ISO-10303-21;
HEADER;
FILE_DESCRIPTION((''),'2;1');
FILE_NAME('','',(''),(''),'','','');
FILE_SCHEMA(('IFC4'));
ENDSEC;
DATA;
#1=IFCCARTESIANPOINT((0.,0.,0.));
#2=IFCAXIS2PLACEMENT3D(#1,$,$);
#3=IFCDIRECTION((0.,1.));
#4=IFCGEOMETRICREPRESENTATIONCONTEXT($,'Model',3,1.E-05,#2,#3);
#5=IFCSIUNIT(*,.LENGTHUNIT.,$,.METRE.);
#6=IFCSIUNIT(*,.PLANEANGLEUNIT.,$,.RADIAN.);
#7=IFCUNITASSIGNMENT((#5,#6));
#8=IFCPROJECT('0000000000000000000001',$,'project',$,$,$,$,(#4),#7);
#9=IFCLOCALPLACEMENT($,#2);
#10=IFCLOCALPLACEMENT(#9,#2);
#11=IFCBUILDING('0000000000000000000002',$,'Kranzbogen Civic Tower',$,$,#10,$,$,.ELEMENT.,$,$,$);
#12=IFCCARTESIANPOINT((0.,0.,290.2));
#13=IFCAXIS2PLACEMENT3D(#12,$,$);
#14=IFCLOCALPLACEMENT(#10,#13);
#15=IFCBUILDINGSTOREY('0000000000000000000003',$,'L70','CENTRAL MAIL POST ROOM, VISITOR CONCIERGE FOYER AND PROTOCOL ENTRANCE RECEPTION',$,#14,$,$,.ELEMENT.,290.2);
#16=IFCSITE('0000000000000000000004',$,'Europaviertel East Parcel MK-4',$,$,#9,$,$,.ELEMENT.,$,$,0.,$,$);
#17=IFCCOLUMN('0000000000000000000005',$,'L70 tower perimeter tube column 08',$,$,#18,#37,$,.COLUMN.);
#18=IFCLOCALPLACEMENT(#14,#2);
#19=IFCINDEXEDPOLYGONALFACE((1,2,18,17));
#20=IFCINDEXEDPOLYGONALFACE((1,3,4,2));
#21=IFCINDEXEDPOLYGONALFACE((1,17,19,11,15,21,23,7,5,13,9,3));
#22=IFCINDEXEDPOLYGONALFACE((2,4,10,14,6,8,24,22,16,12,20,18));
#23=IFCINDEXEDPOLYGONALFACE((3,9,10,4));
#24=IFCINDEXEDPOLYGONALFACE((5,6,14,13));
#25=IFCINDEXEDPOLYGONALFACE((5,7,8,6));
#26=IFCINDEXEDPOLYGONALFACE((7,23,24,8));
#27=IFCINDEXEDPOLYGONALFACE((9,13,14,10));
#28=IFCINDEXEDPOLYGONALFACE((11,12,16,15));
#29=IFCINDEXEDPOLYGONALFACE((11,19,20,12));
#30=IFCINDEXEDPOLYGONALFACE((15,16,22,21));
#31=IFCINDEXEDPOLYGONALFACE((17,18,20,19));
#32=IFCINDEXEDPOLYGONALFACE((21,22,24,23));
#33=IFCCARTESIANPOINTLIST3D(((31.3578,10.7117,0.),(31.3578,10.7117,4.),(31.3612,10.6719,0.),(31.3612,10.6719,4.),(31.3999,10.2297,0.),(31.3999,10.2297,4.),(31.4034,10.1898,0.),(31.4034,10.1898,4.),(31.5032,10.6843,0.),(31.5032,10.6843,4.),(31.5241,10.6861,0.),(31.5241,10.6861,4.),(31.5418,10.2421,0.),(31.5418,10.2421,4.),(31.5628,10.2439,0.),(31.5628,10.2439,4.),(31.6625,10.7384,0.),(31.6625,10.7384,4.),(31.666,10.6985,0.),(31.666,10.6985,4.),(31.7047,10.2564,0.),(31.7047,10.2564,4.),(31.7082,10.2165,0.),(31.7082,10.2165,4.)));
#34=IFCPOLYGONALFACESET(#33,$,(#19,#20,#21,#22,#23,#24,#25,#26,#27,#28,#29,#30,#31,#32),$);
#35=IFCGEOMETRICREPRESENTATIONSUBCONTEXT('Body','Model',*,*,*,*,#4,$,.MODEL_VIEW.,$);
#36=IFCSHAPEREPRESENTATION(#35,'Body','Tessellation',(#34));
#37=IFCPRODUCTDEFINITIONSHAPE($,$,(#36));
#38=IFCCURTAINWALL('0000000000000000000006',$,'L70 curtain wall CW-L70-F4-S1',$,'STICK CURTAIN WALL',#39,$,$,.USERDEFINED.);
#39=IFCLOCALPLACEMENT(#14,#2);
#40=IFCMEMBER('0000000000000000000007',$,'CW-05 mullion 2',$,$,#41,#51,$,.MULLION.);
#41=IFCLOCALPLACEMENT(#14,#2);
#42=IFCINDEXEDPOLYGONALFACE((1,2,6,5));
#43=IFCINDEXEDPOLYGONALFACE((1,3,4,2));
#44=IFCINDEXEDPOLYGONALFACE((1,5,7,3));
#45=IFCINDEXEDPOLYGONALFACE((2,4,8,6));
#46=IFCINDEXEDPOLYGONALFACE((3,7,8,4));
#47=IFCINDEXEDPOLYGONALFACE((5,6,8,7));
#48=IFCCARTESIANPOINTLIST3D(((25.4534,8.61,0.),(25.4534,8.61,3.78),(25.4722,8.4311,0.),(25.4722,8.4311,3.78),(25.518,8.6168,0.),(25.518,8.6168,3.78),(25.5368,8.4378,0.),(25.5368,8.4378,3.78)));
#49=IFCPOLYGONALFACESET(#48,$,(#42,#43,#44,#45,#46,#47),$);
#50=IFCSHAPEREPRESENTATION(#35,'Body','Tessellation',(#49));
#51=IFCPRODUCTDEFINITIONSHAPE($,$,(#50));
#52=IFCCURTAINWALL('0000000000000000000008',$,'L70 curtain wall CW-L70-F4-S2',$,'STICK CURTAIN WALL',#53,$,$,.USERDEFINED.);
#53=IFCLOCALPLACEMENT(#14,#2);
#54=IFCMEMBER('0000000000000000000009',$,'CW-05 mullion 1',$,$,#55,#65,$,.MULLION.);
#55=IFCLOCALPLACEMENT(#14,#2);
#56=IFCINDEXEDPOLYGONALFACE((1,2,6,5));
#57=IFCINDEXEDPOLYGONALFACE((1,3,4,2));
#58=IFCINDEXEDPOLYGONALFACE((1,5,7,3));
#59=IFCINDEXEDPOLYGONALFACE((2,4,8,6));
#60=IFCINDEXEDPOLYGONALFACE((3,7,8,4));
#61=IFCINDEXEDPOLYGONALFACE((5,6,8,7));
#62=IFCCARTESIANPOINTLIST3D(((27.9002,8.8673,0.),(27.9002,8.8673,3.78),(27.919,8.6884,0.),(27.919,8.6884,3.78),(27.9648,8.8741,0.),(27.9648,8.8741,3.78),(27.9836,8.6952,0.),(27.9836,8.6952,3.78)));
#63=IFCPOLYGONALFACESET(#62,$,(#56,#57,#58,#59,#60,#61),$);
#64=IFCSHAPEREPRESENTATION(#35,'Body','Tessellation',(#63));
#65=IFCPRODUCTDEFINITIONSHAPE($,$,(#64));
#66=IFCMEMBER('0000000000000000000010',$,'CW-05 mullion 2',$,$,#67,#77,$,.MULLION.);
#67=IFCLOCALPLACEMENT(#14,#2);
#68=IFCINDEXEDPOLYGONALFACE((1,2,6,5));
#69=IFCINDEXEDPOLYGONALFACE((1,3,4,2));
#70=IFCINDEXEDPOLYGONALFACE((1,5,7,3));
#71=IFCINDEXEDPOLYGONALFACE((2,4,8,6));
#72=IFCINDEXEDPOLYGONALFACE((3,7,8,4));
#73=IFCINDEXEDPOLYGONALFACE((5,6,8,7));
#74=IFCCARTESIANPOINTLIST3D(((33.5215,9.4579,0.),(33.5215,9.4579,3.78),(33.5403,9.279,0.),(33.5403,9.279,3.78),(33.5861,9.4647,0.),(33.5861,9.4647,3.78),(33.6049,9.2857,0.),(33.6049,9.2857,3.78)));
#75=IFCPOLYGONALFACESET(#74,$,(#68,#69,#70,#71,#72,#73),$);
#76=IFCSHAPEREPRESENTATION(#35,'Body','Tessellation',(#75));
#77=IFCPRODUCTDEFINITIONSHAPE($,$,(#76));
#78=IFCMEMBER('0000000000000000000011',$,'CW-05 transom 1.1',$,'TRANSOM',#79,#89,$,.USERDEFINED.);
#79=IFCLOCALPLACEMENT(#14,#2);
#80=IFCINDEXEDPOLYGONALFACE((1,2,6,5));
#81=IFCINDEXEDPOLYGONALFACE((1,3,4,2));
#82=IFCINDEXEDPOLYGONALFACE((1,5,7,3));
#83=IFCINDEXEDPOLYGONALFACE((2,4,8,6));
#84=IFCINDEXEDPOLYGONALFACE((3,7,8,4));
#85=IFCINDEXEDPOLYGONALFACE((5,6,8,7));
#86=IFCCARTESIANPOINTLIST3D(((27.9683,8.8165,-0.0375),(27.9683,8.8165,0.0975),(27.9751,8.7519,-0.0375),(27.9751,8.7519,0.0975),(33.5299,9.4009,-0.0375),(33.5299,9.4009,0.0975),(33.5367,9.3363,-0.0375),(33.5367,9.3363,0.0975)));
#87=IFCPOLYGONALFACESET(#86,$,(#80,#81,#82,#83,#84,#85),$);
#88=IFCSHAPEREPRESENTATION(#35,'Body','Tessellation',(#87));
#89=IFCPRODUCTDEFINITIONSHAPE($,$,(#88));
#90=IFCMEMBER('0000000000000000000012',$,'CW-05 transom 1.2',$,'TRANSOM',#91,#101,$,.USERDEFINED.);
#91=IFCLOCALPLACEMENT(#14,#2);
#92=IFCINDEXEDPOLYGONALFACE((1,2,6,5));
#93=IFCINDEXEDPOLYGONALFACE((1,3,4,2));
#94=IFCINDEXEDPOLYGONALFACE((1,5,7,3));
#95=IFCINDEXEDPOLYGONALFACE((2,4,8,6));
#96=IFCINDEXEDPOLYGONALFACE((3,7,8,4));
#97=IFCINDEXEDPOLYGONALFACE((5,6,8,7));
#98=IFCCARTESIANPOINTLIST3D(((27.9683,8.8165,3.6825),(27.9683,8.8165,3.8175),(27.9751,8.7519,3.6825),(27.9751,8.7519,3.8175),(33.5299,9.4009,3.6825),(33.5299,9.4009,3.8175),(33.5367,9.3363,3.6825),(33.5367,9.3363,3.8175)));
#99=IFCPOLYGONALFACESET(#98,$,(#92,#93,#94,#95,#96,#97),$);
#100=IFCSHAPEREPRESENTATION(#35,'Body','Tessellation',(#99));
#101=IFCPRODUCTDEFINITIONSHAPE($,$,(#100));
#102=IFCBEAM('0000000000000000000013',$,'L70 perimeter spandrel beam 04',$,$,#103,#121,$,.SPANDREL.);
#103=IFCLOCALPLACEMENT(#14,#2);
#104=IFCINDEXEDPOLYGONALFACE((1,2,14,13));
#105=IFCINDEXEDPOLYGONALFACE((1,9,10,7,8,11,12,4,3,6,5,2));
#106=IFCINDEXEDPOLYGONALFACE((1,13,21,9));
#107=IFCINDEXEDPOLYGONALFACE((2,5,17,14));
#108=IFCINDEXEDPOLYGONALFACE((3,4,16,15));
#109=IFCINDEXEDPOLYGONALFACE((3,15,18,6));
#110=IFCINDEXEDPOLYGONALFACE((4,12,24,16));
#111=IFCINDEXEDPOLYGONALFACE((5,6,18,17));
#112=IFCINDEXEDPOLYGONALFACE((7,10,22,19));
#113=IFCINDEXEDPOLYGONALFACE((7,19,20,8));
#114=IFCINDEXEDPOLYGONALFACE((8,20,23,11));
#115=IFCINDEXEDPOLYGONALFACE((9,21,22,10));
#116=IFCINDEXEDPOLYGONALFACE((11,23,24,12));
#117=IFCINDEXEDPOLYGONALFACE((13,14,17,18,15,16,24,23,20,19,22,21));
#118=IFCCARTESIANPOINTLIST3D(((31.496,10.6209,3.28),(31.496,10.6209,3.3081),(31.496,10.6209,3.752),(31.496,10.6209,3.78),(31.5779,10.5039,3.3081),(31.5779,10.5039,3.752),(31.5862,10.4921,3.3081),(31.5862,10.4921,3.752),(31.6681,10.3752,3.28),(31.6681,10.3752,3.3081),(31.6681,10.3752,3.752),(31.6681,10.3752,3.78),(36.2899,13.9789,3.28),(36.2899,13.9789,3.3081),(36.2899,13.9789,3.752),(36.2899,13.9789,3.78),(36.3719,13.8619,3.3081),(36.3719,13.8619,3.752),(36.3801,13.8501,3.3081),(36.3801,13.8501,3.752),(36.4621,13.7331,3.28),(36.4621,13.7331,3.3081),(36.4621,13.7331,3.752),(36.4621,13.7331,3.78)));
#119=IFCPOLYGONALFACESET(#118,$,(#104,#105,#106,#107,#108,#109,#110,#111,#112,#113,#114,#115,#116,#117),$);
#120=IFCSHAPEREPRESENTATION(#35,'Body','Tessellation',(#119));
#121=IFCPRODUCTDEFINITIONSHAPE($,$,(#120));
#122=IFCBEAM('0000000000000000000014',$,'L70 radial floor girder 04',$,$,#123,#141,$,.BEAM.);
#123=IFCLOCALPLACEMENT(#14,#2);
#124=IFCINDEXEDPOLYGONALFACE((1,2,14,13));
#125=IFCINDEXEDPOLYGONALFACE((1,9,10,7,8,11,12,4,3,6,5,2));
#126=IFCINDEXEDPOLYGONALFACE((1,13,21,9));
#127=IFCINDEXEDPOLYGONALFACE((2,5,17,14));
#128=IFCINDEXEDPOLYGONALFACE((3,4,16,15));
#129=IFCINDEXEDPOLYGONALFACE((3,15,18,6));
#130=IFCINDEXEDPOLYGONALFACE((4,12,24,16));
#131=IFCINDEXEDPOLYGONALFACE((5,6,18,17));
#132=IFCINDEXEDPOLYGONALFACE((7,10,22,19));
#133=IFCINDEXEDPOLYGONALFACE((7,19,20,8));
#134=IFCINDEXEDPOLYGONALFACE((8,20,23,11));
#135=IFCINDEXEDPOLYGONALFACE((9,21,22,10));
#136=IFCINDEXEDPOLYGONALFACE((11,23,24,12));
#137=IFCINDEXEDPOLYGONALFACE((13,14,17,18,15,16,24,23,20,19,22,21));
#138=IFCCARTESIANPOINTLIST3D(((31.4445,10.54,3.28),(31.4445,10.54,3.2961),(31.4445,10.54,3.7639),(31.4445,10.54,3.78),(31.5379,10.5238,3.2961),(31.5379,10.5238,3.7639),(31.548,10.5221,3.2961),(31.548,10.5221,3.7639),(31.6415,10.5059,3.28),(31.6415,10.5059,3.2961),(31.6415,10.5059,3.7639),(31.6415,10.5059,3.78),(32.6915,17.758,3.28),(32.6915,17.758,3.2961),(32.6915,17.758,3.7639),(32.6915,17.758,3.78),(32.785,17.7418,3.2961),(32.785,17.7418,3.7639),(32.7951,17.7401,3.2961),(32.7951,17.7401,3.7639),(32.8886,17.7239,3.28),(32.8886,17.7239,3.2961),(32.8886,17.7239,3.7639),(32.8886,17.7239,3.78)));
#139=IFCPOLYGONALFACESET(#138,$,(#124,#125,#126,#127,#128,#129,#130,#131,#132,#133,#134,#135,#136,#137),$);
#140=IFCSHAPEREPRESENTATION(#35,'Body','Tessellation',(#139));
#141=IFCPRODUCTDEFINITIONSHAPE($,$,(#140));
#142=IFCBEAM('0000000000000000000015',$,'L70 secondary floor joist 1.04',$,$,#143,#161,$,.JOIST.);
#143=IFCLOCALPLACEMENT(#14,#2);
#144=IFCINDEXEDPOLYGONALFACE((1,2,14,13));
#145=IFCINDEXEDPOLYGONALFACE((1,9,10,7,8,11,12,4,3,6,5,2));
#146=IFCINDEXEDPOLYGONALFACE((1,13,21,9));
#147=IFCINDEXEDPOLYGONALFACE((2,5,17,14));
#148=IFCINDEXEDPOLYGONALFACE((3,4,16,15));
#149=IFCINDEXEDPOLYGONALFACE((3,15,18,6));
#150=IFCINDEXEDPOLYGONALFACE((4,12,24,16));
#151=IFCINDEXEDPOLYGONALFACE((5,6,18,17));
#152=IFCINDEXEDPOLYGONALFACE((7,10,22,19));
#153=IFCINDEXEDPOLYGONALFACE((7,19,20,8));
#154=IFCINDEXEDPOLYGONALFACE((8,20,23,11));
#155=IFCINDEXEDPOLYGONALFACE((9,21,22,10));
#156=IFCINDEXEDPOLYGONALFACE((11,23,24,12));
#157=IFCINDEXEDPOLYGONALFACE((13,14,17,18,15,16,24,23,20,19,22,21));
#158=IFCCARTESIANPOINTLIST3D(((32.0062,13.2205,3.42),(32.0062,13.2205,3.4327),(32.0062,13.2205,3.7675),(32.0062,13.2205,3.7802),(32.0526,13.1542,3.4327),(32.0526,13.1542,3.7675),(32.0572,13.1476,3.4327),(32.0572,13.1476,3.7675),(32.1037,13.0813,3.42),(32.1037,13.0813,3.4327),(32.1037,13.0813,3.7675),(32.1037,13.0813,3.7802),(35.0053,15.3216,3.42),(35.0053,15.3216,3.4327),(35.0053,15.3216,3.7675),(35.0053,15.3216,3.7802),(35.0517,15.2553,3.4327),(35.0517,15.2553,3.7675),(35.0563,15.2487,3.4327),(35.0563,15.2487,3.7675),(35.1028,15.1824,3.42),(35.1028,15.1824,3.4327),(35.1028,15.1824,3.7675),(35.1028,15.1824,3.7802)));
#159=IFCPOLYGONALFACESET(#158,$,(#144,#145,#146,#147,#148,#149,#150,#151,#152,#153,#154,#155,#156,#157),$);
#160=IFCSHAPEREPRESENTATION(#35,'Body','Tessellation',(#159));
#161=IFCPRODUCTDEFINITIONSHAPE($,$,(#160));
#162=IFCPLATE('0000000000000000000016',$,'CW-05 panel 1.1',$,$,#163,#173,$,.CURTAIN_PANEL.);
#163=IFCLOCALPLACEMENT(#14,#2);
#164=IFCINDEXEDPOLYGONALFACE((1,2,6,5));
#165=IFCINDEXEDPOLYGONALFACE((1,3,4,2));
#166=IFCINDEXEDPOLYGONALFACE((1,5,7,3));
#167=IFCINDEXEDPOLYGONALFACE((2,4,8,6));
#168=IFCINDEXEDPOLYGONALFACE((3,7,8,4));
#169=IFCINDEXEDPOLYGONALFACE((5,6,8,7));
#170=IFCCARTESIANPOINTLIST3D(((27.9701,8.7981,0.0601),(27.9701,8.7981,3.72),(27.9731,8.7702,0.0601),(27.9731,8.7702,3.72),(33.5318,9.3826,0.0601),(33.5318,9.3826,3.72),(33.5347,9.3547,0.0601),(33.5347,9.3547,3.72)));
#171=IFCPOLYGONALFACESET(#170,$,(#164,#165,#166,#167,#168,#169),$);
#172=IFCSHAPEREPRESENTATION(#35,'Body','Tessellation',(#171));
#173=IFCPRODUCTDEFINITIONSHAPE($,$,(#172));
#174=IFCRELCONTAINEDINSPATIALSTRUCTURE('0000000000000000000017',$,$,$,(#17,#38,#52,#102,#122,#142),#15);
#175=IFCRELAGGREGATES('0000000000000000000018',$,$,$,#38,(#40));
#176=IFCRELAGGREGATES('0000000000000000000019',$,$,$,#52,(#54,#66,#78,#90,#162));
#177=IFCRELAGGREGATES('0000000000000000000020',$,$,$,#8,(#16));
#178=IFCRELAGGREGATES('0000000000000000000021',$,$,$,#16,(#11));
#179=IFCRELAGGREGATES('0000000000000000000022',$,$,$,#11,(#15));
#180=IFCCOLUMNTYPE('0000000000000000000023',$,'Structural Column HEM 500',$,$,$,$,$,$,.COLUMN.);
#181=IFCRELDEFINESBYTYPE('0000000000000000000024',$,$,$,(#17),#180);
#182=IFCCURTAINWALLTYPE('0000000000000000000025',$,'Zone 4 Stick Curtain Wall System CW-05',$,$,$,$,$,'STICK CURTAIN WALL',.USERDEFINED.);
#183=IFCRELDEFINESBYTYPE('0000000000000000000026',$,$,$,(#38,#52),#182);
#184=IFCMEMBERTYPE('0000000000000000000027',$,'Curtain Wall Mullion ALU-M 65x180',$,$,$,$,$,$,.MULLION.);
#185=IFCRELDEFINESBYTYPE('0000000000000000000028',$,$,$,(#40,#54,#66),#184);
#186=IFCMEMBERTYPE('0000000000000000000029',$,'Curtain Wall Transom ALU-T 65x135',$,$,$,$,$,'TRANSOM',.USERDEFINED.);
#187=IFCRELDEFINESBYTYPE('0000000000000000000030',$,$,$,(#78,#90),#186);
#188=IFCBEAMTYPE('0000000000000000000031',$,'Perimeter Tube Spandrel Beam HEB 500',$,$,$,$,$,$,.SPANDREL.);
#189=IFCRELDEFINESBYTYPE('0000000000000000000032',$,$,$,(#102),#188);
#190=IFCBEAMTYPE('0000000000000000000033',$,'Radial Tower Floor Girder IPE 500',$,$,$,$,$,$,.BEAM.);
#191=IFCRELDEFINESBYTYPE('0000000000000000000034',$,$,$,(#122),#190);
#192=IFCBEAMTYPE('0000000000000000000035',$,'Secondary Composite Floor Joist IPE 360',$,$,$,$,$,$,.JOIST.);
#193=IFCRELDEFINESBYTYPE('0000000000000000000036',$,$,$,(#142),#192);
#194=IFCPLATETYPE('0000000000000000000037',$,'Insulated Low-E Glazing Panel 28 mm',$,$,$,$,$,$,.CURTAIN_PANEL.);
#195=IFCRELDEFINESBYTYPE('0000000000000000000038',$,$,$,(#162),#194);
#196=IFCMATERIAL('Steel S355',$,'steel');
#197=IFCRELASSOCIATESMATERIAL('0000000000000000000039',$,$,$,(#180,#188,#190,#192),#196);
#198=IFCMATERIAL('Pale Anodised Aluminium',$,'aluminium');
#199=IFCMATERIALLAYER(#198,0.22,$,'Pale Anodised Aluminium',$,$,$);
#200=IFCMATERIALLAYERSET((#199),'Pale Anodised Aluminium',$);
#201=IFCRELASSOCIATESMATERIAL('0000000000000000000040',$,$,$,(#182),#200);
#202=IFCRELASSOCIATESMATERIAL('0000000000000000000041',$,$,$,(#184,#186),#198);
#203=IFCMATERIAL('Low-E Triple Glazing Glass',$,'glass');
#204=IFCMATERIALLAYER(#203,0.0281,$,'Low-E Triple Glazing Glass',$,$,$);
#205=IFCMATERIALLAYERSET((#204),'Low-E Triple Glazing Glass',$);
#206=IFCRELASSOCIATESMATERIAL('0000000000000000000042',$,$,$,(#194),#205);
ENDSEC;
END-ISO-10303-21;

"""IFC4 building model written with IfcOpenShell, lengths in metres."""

from ifc_helpers import new_model, si_unit, direction, frame, origin, origin_2d, place, context, subcontext, project, spatial, rectangle, i_section, extrude, material, layer, layer_set, material_profile, profile_set, type_object, element, aggregate, save


model = new_model("IFC4")

# Units and contexts
model_context = context("Model", 3, precision=1e-05, world=origin(), true_north=direction((0.0, 1.0)))
body_context = subcontext(model_context, "Body", "Model", "MODEL_VIEW")
ifc_project = project(units=[si_unit("LENGTHUNIT", "METRE"), si_unit("PLANEANGLEUNIT", "RADIAN")], contexts=[model_context])

# Site, building, storey
site_placement = place(None, origin())
site = spatial("IfcSite", under=ifc_project, at=site_placement, Name="Europaviertel East Parcel MK-4", CompositionType="ELEMENT", RefElevation=0.0)
building_placement = place(site_placement, origin())
building = spatial("IfcBuilding", under=site, at=building_placement, Name="Kranzbogen Civic Tower", CompositionType="ELEMENT")
storey_placement = place(building_placement, frame((0.0, 0.0, 290.2)))
storey = spatial("IfcBuildingStorey", under=building, at=storey_placement, Name="L70", Description="CENTRAL MAIL POST ROOM, VISITOR CONCIERGE FOYER AND PROTOCOL ENTRANCE RECEPTION", CompositionType="ELEMENT", Elevation=290.2)

# Column
ifc_material_1 = material(Name="Steel S355", Category="steel")
ifc_material_profile_1 = material_profile(ifc_material_1, i_section(OverallWidth=0.3059, OverallDepth=0.5239, WebThickness=0.021, FlangeThickness=0.04, at=origin_2d()), Name="HEM 500")
ifc_profile_set_1 = profile_set([ifc_material_profile_1], Name="Steel S355")
column_type = type_object("IfcColumnType", Name="Structural Column HEM 500", PredefinedType="COLUMN", material=ifc_profile_set_1)
column_placement = place(storey_placement, frame((31.533, 10.4641, 0.0), z_axis=(0.0, 0.0, 1.0), x_axis=(0.996195, 0.087156, 0.0)))
element("IfcColumn", 1, at=column_placement, inside=storey, type_object=column_type, Name="L70 tower perimeter tube column 08", PredefinedType="COLUMN", context=body_context, shape_type="SweptSolid", body=[
    extrude(i_section(OverallWidth=0.3059, OverallDepth=0.5239, WebThickness=0.021, FlangeThickness=0.04, at=origin_2d()), origin(), (0.0, 0.0, 1.0), 4.0),
])

# Curtain wall, member
ifc_material_2 = material(Name="Pale Anodised Aluminium", Category="aluminium")
ifc_layer_1 = layer(ifc_material_2, 0.22, Name="Pale Anodised Aluminium")
ifc_layer_set_1 = layer_set([ifc_layer_1], Name="Pale Anodised Aluminium")
curtain_wall_type = type_object("IfcCurtainWallType", Name="Zone 4 Stick Curtain Wall System CW-05", ElementType="STICK CURTAIN WALL", PredefinedType="USERDEFINED", material=ifc_layer_set_1)
curtain_wall_1_placement = place(storey_placement, origin())
curtain_wall_1 = element("IfcCurtainWall", 2, at=curtain_wall_1_placement, inside=storey, type_object=curtain_wall_type, Name="L70 curtain wall CW-L70-F4-S1", ObjectType="STICK CURTAIN WALL", PredefinedType="USERDEFINED")
ifc_material_profile_2 = material_profile(ifc_material_2, rectangle(XDim=0.0649, YDim=0.1799, at=origin_2d()), Name="ALU-M 65x180")
ifc_profile_set_2 = profile_set([ifc_material_profile_2], Name="Pale Anodised Aluminium")
member_type_1 = type_object("IfcMemberType", Name="Curtain Wall Mullion ALU-M 65x180", PredefinedType="MULLION", material=ifc_profile_set_2)
member_1_placement = place(storey_placement, frame((25.4951, 8.5239, 0.0), z_axis=(0.0, 0.0, 1.0), x_axis=(0.994526, 0.104493, 0.0)))
member_1 = element("IfcMember", 3, at=member_1_placement, type_object=member_type_1, Name="CW-05 mullion 2", PredefinedType="MULLION", context=body_context, shape_type="SweptSolid", body=[
    extrude(rectangle(XDim=0.0649, YDim=0.1799, at=origin_2d()), origin(), (0.0, 0.0, 1.0), 3.78),
])
aggregate(curtain_wall_1, [member_1])

# Curtain wall, members
curtain_wall_2_placement = place(storey_placement, origin())
curtain_wall_2 = element("IfcCurtainWall", 4, at=curtain_wall_2_placement, inside=storey, type_object=curtain_wall_type, Name="L70 curtain wall CW-L70-F4-S2", ObjectType="STICK CURTAIN WALL", PredefinedType="USERDEFINED")
member_2_placement = place(storey_placement, frame((27.9419, 8.7812, 0.0), z_axis=(0.0, 0.0, 1.0), x_axis=(0.994524, 0.104512, 0.0)))
member_2 = element("IfcMember", 5, at=member_2_placement, type_object=member_type_1, Name="CW-05 mullion 1", PredefinedType="MULLION", context=body_context, shape_type="SweptSolid", body=[
    extrude(rectangle(XDim=0.0649, YDim=0.1799, at=origin_2d()), origin(), (0.0, 0.0, 1.0), 3.78),
])
member_3_placement = place(storey_placement, frame((33.5632, 9.3718, 0.0), z_axis=(0.0, 0.0, 1.0), x_axis=(0.994524, 0.104512, 0.0)))
member_3 = element("IfcMember", 6, at=member_3_placement, type_object=member_type_1, Name="CW-05 mullion 2", PredefinedType="MULLION", context=body_context, shape_type="SweptSolid", body=[
    extrude(rectangle(XDim=0.0649, YDim=0.1799, at=origin_2d()), origin(), (0.0, 0.0, 1.0), 3.78),
])
ifc_material_profile_3 = material_profile(ifc_material_2, rectangle(XDim=0.0649, YDim=0.135, at=origin_2d()), Name="ALU-T 65x135")
ifc_profile_set_3 = profile_set([ifc_material_profile_3], Name="Pale Anodised Aluminium")
member_type_2 = type_object("IfcMemberType", Name="Curtain Wall Transom ALU-T 65x135", ElementType="TRANSOM", PredefinedType="USERDEFINED", material=ifc_profile_set_3)
member_4_placement = place(storey_placement, frame((27.9717, 8.7842, 0.03), z_axis=(0.994524, 0.104512, 0.0), x_axis=(-0.104512, 0.994524, 0.0)))
member_4 = element("IfcMember", 7, at=member_4_placement, type_object=member_type_2, Name="CW-05 transom 1.1", ObjectType="TRANSOM", PredefinedType="USERDEFINED", context=body_context, shape_type="SweptSolid", body=[
    extrude(rectangle(XDim=0.0649, YDim=0.135, at=origin_2d()), origin(), (0.0, 0.0, 1.0), 5.5923),
])
member_5_placement = place(storey_placement, frame((27.9717, 8.7842, 3.75), z_axis=(0.994524, 0.104512, 0.0), x_axis=(-0.104512, 0.994524, 0.0)))
member_5 = element("IfcMember", 8, at=member_5_placement, type_object=member_type_2, Name="CW-05 transom 1.2", ObjectType="TRANSOM", PredefinedType="USERDEFINED", context=body_context, shape_type="SweptSolid", body=[
    extrude(rectangle(XDim=0.0649, YDim=0.135, at=origin_2d()), origin(), (0.0, 0.0, 1.0), 5.5923),
])

# Beams
ifc_material_profile_4 = material_profile(ifc_material_1, i_section(OverallWidth=0.3, OverallDepth=0.5, WebThickness=0.0144, FlangeThickness=0.0281, at=origin_2d()), Name="HEB 500")
ifc_profile_set_4 = profile_set([ifc_material_profile_4], Name="Steel S355")
beam_type_1 = type_object("IfcBeamType", Name="Perimeter Tube Spandrel Beam HEB 500", PredefinedType="SPANDREL", material=ifc_profile_set_4)
beam_1_placement = place(storey_placement, frame((31.582, 10.498, 3.53), z_axis=(0.819059, 0.573709, 0.0), x_axis=(-0.573709, 0.819059, 0.0)))
element("IfcBeam", 9, at=beam_1_placement, inside=storey, type_object=beam_type_1, Name="L70 perimeter spandrel beam 04", PredefinedType="SPANDREL", context=body_context, shape_type="SweptSolid", body=[
    extrude(i_section(OverallWidth=0.3, OverallDepth=0.5, WebThickness=0.0144, FlangeThickness=0.0281, at=origin_2d()), origin(), (0.0, 0.0, 1.0), 5.853),
])
ifc_material_profile_5 = material_profile(ifc_material_1, i_section(OverallWidth=0.2, OverallDepth=0.5, WebThickness=0.0103, FlangeThickness=0.0161, at=origin_2d()), Name="IPE 500")
ifc_profile_set_5 = profile_set([ifc_material_profile_5], Name="Steel S355")
beam_type_2 = type_object("IfcBeamType", Name="Radial Tower Floor Girder IPE 500", PredefinedType="BEAM", material=ifc_profile_set_5)
beam_2_placement = place(storey_placement, frame((31.543, 10.5229, 3.53), z_axis=(0.17025, 0.985401, 0.0), x_axis=(-0.985401, 0.17025, 0.0)))
element("IfcBeam", 10, at=beam_2_placement, inside=storey, type_object=beam_type_2, Name="L70 radial floor girder 04", PredefinedType="BEAM", context=body_context, shape_type="SweptSolid", body=[
    extrude(i_section(OverallWidth=0.2, OverallDepth=0.5, WebThickness=0.0103, FlangeThickness=0.0161, at=origin_2d()), origin(), (0.0, 0.0, 1.0), 7.325),
])
ifc_material_profile_6 = material_profile(ifc_material_1, i_section(OverallWidth=0.1699, OverallDepth=0.3601, WebThickness=0.0081, FlangeThickness=0.0127, at=origin_2d()), Name="IPE 360")
ifc_profile_set_6 = profile_set([ifc_material_profile_6], Name="Steel S355")
beam_type_3 = type_object("IfcBeamType", Name="Secondary Composite Floor Joist IPE 360", PredefinedType="JOIST", material=ifc_profile_set_6)
beam_3_placement = place(storey_placement, frame((32.0549, 13.1509, 3.6001), z_axis=(0.819006, 0.573784, 0.0), x_axis=(-0.573784, 0.819006, 0.0)))
element("IfcBeam", 11, at=beam_3_placement, inside=storey, type_object=beam_type_3, Name="L70 secondary floor joist 1.04", PredefinedType="JOIST", context=body_context, shape_type="SweptSolid", body=[
    extrude(i_section(OverallWidth=0.1699, OverallDepth=0.3601, WebThickness=0.0081, FlangeThickness=0.0127, at=origin_2d()), origin(), (0.0, 0.0, 1.0), 3.6619),
])

# Plate
ifc_material_3 = material(Name="Low-E Triple Glazing Glass", Category="glass")
ifc_layer_2 = layer(ifc_material_3, 0.0281, Name="Low-E Triple Glazing Glass")
ifc_layer_set_2 = layer_set([ifc_layer_2], Name="Low-E Triple Glazing Glass")
plate_type = type_object("IfcPlateType", Name="Insulated Low-E Glazing Panel 28 mm", PredefinedType="CURTAIN_PANEL", material=ifc_layer_set_2)
plate_placement = place(storey_placement, frame((30.7524, 9.0764, 0.0601), z_axis=(0.0, 0.0, 1.0), x_axis=(0.994524, 0.104512, 0.0)))
plate = element("IfcPlate", 12, at=plate_placement, type_object=plate_type, Name="CW-05 panel 1.1", PredefinedType="CURTAIN_PANEL", context=body_context, shape_type="SweptSolid", body=[
    extrude(rectangle(XDim=5.5923, YDim=0.0281, at=origin_2d()), origin(), (0.0, 0.0, 1.0), 3.6599),
])
aggregate(curtain_wall_2, [member_2, member_3, member_4, member_5, plate])

save(model, "model.ifc")
